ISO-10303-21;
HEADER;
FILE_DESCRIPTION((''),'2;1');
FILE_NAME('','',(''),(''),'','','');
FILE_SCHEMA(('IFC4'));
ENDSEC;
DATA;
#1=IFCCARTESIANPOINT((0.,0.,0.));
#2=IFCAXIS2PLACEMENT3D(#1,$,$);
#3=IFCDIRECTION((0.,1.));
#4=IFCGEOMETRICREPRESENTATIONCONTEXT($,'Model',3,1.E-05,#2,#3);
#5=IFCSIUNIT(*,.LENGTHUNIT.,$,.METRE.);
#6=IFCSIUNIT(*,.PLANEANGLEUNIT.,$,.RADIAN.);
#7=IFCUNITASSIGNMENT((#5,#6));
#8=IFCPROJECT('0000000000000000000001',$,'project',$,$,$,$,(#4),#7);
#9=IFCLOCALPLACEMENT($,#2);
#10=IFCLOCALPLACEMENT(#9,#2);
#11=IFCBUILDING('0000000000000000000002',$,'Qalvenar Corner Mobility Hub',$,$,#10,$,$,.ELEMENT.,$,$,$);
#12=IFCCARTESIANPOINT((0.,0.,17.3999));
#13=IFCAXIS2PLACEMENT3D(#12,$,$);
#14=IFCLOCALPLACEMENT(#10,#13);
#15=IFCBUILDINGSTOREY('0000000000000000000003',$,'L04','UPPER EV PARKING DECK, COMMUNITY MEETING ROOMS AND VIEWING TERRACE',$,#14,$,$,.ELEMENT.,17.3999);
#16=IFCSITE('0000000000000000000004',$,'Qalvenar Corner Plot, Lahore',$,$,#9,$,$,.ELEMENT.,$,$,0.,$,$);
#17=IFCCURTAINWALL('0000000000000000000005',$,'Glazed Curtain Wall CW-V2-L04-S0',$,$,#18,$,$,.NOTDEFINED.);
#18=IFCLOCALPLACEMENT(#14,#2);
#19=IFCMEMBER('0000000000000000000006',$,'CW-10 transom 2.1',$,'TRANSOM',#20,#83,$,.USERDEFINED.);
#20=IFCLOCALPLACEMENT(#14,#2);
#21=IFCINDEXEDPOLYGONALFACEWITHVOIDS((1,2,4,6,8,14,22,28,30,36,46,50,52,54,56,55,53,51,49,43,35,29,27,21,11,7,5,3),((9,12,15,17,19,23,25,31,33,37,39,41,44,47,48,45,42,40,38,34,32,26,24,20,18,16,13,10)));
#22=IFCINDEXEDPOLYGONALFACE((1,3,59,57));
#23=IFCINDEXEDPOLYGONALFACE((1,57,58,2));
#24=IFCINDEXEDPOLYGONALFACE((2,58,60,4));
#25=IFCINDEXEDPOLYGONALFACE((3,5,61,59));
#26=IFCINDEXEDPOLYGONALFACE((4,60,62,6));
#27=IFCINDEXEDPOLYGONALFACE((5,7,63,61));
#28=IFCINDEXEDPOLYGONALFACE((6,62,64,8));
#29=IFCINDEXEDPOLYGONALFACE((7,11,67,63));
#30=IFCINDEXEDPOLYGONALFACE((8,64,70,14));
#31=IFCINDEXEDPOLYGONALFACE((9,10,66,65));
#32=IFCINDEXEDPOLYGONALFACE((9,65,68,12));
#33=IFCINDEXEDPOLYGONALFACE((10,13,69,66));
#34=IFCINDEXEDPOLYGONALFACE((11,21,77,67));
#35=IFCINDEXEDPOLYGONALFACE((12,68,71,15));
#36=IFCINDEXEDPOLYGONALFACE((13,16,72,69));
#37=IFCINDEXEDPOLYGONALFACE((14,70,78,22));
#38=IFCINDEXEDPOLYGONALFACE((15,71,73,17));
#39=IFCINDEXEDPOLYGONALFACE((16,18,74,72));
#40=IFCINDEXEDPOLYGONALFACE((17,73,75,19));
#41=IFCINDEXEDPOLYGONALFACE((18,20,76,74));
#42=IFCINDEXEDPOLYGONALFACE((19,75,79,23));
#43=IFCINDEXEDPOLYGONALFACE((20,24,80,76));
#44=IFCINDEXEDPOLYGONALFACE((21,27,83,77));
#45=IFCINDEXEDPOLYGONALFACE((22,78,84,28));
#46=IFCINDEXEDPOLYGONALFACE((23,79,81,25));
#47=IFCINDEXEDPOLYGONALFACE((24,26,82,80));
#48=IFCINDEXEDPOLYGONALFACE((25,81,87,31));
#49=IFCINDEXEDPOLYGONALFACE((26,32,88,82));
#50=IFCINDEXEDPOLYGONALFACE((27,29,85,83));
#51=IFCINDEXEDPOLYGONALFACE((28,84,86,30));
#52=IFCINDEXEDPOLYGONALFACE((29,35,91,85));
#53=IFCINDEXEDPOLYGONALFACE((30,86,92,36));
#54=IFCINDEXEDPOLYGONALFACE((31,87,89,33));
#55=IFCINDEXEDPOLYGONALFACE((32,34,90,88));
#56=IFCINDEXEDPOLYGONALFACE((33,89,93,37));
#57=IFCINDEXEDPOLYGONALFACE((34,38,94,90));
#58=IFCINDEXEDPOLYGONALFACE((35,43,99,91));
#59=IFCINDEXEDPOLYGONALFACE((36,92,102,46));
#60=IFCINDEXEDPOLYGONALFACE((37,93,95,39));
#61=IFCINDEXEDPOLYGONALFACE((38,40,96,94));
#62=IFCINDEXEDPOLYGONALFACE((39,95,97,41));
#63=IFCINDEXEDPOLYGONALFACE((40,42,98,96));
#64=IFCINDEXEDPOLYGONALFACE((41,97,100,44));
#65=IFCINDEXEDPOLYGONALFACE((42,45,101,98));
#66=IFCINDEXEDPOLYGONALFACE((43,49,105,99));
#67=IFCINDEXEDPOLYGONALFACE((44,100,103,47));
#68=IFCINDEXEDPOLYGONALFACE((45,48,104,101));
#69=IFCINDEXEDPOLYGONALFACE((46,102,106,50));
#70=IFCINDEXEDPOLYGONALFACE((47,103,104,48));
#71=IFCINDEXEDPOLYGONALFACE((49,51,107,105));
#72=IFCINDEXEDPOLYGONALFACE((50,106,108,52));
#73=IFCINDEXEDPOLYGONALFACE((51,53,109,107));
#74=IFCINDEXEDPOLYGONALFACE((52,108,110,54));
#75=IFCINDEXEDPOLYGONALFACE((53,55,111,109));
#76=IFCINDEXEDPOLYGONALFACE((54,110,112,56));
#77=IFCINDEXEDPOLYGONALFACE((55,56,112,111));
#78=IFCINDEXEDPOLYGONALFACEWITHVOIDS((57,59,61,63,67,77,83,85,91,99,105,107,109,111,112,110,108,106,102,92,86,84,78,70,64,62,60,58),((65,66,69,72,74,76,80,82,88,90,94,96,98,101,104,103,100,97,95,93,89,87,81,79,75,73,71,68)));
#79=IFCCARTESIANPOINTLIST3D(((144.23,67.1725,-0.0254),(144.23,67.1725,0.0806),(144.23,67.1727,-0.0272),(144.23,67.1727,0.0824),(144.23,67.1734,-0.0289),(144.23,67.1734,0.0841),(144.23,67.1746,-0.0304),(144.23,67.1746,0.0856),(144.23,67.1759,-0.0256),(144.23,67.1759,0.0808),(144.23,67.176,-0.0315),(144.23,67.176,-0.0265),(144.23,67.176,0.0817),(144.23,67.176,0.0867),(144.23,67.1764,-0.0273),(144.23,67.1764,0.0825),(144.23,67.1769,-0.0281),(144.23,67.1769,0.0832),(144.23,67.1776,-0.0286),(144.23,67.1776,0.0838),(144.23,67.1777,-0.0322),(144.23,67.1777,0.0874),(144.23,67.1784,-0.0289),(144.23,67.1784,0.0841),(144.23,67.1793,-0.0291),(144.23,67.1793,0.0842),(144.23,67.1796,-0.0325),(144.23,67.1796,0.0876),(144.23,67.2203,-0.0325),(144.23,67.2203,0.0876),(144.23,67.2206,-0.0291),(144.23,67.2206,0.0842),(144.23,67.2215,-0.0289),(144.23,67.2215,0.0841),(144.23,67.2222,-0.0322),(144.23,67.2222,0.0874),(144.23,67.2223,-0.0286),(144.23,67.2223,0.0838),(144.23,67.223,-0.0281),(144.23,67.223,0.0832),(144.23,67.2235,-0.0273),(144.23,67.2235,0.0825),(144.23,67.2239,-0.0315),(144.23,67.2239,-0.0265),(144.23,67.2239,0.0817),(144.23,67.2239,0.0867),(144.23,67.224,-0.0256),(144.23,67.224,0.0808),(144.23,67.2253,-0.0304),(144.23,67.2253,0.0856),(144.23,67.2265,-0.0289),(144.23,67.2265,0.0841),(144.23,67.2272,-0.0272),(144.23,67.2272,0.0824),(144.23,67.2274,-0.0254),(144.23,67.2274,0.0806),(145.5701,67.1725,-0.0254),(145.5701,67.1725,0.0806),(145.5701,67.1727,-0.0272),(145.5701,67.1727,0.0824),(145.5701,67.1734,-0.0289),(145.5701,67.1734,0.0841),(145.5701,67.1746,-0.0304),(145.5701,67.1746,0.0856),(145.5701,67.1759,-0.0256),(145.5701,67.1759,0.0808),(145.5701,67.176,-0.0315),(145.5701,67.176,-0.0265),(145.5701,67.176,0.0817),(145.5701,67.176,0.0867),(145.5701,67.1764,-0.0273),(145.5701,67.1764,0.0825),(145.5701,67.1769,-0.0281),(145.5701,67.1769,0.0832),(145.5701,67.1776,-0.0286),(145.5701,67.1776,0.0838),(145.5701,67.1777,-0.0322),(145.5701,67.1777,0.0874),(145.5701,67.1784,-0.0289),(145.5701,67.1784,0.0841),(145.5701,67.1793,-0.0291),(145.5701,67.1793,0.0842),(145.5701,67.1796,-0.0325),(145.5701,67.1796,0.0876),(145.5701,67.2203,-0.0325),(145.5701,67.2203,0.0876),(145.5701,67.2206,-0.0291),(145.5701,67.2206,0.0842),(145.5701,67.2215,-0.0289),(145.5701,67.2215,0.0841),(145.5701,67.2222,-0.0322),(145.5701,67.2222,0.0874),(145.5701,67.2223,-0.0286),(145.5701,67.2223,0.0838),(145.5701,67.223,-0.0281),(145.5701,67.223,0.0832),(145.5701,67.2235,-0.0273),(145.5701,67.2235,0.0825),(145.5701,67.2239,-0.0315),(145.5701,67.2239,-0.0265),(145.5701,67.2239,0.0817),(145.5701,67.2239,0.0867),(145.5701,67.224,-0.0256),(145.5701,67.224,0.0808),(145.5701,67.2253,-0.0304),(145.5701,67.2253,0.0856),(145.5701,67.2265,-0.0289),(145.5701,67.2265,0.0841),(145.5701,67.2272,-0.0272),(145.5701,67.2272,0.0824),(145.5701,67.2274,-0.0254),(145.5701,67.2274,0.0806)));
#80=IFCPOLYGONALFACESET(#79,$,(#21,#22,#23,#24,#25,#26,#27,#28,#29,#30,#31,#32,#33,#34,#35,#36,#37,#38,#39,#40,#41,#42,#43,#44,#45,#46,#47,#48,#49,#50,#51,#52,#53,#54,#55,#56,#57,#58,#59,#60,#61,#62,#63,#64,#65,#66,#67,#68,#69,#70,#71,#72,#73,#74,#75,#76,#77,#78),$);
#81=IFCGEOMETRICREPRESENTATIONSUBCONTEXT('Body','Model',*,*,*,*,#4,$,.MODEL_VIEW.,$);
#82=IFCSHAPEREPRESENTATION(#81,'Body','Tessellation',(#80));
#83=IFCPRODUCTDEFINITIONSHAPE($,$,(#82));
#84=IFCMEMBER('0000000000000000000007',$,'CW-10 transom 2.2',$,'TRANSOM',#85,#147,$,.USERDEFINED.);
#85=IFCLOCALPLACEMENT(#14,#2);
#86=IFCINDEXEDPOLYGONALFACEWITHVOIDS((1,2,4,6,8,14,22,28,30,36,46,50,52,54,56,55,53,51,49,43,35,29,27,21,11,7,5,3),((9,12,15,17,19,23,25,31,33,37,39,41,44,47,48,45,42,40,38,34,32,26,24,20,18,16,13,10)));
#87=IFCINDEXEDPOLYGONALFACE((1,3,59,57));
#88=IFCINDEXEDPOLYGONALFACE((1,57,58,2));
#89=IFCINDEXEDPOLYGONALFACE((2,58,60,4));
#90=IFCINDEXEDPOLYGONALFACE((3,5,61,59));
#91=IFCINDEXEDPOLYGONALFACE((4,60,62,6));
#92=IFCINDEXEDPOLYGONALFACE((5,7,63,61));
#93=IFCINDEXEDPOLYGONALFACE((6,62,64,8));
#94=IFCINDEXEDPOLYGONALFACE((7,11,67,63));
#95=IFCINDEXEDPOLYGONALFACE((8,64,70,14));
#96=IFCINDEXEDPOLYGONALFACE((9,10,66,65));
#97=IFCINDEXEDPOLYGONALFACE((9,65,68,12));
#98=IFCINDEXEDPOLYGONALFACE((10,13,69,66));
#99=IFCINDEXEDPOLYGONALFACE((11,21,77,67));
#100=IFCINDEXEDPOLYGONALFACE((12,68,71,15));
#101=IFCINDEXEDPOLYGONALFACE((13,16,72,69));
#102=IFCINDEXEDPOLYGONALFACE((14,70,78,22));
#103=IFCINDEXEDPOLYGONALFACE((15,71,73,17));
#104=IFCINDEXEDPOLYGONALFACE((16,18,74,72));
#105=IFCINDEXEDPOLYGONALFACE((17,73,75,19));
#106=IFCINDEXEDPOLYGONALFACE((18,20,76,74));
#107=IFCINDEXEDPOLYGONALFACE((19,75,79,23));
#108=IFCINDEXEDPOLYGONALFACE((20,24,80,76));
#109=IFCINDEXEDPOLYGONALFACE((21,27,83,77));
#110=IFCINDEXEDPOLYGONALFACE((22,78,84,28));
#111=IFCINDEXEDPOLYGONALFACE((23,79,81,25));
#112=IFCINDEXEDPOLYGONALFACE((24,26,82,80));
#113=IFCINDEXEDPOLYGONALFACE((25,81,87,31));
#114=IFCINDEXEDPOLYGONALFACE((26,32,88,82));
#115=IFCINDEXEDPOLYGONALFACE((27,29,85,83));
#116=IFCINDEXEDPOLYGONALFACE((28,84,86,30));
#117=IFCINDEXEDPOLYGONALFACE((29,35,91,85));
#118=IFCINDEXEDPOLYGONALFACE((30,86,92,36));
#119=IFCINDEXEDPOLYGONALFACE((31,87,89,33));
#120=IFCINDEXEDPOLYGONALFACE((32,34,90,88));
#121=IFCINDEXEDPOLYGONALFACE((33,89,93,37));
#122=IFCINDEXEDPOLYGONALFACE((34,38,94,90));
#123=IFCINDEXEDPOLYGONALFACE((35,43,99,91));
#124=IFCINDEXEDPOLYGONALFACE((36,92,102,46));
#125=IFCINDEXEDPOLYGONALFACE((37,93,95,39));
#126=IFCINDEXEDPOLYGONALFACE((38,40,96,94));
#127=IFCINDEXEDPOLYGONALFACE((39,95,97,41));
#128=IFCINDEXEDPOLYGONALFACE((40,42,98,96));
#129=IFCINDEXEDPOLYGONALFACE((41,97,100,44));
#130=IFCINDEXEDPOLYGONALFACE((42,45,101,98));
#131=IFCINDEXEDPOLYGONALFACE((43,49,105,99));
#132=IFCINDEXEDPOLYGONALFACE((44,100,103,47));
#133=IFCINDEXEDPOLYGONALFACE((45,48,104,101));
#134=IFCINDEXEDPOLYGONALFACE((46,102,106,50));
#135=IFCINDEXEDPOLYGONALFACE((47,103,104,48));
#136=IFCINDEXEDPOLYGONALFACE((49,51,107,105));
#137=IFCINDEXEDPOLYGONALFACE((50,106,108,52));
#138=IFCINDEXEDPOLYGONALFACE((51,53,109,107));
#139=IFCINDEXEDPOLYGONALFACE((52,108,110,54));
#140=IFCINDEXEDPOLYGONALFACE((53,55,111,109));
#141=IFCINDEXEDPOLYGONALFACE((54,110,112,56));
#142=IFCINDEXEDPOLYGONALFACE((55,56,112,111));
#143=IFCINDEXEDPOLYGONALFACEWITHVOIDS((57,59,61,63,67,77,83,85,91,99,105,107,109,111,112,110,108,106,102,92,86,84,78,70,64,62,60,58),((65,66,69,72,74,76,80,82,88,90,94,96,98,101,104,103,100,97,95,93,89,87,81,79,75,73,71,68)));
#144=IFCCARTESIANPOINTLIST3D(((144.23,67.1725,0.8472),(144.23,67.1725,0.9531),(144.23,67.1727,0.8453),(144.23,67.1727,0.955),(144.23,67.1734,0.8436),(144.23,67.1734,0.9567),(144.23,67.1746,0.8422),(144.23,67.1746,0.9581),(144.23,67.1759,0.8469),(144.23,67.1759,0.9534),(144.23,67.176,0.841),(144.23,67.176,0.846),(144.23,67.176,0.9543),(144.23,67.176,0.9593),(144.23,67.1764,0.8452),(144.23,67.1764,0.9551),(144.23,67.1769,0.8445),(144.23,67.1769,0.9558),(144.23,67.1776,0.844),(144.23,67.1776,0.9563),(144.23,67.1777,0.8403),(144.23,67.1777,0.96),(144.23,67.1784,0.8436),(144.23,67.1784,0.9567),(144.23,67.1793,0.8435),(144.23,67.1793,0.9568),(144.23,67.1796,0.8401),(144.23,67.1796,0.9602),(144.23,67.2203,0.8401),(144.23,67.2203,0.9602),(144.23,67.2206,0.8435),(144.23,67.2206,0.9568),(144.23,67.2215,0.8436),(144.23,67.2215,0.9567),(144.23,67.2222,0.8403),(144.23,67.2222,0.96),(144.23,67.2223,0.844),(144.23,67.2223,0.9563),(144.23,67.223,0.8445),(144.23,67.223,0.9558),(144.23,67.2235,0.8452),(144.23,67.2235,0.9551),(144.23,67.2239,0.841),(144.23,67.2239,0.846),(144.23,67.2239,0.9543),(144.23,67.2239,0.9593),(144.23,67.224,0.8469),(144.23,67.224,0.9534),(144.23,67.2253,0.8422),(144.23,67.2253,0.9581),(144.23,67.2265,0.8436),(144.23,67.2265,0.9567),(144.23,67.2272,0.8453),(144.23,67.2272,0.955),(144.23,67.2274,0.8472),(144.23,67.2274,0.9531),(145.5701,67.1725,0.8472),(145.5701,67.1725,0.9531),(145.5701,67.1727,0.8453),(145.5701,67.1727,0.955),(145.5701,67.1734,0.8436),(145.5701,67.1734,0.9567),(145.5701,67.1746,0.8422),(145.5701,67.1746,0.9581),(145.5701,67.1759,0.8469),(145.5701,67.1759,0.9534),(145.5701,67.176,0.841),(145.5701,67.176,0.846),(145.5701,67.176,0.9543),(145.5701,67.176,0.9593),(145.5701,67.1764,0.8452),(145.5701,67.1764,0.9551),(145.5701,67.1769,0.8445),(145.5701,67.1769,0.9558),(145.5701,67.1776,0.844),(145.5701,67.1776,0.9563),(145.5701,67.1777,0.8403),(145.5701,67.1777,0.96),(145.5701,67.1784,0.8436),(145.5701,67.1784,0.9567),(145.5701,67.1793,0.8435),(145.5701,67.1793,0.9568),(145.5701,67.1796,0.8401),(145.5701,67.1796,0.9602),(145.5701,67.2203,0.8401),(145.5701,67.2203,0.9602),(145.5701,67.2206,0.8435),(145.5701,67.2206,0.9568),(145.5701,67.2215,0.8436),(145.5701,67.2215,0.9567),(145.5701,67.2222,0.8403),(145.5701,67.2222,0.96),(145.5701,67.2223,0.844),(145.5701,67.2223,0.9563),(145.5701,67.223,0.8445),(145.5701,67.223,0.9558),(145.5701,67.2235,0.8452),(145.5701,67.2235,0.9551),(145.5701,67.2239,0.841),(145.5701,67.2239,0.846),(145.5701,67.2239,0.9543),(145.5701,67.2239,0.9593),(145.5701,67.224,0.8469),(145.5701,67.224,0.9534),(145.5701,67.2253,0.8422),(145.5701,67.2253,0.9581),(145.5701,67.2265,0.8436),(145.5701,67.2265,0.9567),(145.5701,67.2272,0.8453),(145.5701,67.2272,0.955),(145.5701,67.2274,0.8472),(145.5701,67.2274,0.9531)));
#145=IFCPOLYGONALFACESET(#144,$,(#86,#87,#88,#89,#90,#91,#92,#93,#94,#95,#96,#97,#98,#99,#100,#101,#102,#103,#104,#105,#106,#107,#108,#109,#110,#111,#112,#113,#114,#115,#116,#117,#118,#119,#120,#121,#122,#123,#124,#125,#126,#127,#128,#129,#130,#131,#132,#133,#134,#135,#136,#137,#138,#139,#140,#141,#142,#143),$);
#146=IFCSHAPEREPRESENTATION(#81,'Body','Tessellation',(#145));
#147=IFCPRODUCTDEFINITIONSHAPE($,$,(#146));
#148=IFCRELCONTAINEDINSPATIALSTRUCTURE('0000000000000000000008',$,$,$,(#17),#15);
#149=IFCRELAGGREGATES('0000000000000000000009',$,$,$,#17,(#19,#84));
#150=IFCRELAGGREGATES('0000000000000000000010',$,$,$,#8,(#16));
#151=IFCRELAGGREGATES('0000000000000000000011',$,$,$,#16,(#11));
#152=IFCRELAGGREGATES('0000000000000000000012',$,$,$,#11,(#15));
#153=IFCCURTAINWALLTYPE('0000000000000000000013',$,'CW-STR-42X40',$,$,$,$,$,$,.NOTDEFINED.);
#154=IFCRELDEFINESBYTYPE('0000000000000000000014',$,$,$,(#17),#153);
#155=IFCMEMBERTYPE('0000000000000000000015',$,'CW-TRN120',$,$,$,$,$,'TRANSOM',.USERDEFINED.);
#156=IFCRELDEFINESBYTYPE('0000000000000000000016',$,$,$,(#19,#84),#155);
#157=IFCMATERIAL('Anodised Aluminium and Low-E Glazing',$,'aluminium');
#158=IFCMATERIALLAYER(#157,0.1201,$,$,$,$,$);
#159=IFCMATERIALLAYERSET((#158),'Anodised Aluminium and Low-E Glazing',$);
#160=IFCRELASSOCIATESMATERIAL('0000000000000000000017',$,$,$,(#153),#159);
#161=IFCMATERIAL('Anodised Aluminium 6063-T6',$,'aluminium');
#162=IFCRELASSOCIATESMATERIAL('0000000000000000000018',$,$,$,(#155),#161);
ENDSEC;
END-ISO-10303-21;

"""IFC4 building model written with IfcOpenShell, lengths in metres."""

from ifc_helpers import new_model, si_unit, direction, frame, origin, origin_2d, place, context, subcontext, project, spatial, hollow_rectangle, extrude, material, layer, layer_set, material_profile, profile_set, type_object, element, aggregate, save


model = new_model("IFC4")

# Units and contexts
model_context = context("Model", 3, precision=1e-05, world=origin(), true_north=direction((0.0, 1.0)))
body_context = subcontext(model_context, "Body", "Model", "MODEL_VIEW")
ifc_project = project(units=[si_unit("LENGTHUNIT", "METRE"), si_unit("PLANEANGLEUNIT", "RADIAN")], contexts=[model_context])

# Site, building, storey
site_placement = place(None, origin())
site = spatial("IfcSite", under=ifc_project, at=site_placement, Name="Qalvenar Corner Plot, Lahore", CompositionType="ELEMENT", RefElevation=0.0)
building_placement = place(site_placement, origin())
building = spatial("IfcBuilding", under=site, at=building_placement, Name="Qalvenar Corner Mobility Hub", CompositionType="ELEMENT")
storey_placement = place(building_placement, frame((0.0, 0.0, 17.3999)))
storey = spatial("IfcBuildingStorey", under=building, at=storey_placement, Name="L04", Description="UPPER EV PARKING DECK, COMMUNITY MEETING ROOMS AND VIEWING TERRACE", CompositionType="ELEMENT", Elevation=17.3999)

# Curtain wall, members
ifc_material_1 = material(Name="Anodised Aluminium and Low-E Glazing", Category="aluminium")
ifc_layer_1 = layer(ifc_material_1, 0.1201)
ifc_layer_set_1 = layer_set([ifc_layer_1], Name="Anodised Aluminium and Low-E Glazing")
curtain_wall_type = type_object("IfcCurtainWallType", Name="CW-STR-42X40", PredefinedType="NOTDEFINED", material=ifc_layer_set_1)
curtain_wall_placement = place(storey_placement, origin())
curtain_wall = element("IfcCurtainWall", 1, at=curtain_wall_placement, inside=storey, type_object=curtain_wall_type, Name="Glazed Curtain Wall CW-V2-L04-S0", PredefinedType="NOTDEFINED")
ifc_material_2 = material(Name="Anodised Aluminium 6063-T6", Category="aluminium")
ifc_material_profile_1 = material_profile(ifc_material_2, hollow_rectangle(XDim=0.0549, YDim=0.1201, WallThickness=0.0034, InnerFilletRadius=0.0034, OuterFilletRadius=0.0071, at=origin_2d()), Name="RHS120x55x3.5")
ifc_profile_set_1 = profile_set([ifc_material_profile_1], Name="Anodised Aluminium 6063-T6")
member_type_1 = type_object("IfcMemberType", Name="CW-TRN120", ElementType="TRANSOM", PredefinedType="USERDEFINED", material=ifc_profile_set_1)
member_1_placement = place(storey_placement, frame((144.23, 67.2, 0.0276), z_axis=(1.0, 0.0, 0.0), x_axis=(0.0, 1.0, 0.0)))
member_1 = element("IfcMember", 2, at=member_1_placement, type_object=member_type_1, Name="CW-10 transom 2.1", ObjectType="TRANSOM", PredefinedType="USERDEFINED", context=body_context, shape_type="SweptSolid", body=[
    extrude(hollow_rectangle(XDim=0.0549, YDim=0.1201, WallThickness=0.0034, InnerFilletRadius=0.0034, OuterFilletRadius=0.0071, at=origin_2d()), origin(), (0.0, 0.0, 1.0), 1.3401),
])
member_2_placement = place(storey_placement, frame((144.23, 67.2, 0.9001), z_axis=(1.0, 0.0, 0.0), x_axis=(0.0, 1.0, 0.0)))
member_2 = element("IfcMember", 3, at=member_2_placement, type_object=member_type_1, Name="CW-10 transom 2.2", ObjectType="TRANSOM", PredefinedType="USERDEFINED", context=body_context, shape_type="SweptSolid", body=[
    extrude(hollow_rectangle(XDim=0.0549, YDim=0.1201, WallThickness=0.0034, InnerFilletRadius=0.0034, OuterFilletRadius=0.0071, at=origin_2d()), origin(), (0.0, 0.0, 1.0), 1.3401),
])
aggregate(curtain_wall, [member_1, member_2])

save(model, "model.ifc")
